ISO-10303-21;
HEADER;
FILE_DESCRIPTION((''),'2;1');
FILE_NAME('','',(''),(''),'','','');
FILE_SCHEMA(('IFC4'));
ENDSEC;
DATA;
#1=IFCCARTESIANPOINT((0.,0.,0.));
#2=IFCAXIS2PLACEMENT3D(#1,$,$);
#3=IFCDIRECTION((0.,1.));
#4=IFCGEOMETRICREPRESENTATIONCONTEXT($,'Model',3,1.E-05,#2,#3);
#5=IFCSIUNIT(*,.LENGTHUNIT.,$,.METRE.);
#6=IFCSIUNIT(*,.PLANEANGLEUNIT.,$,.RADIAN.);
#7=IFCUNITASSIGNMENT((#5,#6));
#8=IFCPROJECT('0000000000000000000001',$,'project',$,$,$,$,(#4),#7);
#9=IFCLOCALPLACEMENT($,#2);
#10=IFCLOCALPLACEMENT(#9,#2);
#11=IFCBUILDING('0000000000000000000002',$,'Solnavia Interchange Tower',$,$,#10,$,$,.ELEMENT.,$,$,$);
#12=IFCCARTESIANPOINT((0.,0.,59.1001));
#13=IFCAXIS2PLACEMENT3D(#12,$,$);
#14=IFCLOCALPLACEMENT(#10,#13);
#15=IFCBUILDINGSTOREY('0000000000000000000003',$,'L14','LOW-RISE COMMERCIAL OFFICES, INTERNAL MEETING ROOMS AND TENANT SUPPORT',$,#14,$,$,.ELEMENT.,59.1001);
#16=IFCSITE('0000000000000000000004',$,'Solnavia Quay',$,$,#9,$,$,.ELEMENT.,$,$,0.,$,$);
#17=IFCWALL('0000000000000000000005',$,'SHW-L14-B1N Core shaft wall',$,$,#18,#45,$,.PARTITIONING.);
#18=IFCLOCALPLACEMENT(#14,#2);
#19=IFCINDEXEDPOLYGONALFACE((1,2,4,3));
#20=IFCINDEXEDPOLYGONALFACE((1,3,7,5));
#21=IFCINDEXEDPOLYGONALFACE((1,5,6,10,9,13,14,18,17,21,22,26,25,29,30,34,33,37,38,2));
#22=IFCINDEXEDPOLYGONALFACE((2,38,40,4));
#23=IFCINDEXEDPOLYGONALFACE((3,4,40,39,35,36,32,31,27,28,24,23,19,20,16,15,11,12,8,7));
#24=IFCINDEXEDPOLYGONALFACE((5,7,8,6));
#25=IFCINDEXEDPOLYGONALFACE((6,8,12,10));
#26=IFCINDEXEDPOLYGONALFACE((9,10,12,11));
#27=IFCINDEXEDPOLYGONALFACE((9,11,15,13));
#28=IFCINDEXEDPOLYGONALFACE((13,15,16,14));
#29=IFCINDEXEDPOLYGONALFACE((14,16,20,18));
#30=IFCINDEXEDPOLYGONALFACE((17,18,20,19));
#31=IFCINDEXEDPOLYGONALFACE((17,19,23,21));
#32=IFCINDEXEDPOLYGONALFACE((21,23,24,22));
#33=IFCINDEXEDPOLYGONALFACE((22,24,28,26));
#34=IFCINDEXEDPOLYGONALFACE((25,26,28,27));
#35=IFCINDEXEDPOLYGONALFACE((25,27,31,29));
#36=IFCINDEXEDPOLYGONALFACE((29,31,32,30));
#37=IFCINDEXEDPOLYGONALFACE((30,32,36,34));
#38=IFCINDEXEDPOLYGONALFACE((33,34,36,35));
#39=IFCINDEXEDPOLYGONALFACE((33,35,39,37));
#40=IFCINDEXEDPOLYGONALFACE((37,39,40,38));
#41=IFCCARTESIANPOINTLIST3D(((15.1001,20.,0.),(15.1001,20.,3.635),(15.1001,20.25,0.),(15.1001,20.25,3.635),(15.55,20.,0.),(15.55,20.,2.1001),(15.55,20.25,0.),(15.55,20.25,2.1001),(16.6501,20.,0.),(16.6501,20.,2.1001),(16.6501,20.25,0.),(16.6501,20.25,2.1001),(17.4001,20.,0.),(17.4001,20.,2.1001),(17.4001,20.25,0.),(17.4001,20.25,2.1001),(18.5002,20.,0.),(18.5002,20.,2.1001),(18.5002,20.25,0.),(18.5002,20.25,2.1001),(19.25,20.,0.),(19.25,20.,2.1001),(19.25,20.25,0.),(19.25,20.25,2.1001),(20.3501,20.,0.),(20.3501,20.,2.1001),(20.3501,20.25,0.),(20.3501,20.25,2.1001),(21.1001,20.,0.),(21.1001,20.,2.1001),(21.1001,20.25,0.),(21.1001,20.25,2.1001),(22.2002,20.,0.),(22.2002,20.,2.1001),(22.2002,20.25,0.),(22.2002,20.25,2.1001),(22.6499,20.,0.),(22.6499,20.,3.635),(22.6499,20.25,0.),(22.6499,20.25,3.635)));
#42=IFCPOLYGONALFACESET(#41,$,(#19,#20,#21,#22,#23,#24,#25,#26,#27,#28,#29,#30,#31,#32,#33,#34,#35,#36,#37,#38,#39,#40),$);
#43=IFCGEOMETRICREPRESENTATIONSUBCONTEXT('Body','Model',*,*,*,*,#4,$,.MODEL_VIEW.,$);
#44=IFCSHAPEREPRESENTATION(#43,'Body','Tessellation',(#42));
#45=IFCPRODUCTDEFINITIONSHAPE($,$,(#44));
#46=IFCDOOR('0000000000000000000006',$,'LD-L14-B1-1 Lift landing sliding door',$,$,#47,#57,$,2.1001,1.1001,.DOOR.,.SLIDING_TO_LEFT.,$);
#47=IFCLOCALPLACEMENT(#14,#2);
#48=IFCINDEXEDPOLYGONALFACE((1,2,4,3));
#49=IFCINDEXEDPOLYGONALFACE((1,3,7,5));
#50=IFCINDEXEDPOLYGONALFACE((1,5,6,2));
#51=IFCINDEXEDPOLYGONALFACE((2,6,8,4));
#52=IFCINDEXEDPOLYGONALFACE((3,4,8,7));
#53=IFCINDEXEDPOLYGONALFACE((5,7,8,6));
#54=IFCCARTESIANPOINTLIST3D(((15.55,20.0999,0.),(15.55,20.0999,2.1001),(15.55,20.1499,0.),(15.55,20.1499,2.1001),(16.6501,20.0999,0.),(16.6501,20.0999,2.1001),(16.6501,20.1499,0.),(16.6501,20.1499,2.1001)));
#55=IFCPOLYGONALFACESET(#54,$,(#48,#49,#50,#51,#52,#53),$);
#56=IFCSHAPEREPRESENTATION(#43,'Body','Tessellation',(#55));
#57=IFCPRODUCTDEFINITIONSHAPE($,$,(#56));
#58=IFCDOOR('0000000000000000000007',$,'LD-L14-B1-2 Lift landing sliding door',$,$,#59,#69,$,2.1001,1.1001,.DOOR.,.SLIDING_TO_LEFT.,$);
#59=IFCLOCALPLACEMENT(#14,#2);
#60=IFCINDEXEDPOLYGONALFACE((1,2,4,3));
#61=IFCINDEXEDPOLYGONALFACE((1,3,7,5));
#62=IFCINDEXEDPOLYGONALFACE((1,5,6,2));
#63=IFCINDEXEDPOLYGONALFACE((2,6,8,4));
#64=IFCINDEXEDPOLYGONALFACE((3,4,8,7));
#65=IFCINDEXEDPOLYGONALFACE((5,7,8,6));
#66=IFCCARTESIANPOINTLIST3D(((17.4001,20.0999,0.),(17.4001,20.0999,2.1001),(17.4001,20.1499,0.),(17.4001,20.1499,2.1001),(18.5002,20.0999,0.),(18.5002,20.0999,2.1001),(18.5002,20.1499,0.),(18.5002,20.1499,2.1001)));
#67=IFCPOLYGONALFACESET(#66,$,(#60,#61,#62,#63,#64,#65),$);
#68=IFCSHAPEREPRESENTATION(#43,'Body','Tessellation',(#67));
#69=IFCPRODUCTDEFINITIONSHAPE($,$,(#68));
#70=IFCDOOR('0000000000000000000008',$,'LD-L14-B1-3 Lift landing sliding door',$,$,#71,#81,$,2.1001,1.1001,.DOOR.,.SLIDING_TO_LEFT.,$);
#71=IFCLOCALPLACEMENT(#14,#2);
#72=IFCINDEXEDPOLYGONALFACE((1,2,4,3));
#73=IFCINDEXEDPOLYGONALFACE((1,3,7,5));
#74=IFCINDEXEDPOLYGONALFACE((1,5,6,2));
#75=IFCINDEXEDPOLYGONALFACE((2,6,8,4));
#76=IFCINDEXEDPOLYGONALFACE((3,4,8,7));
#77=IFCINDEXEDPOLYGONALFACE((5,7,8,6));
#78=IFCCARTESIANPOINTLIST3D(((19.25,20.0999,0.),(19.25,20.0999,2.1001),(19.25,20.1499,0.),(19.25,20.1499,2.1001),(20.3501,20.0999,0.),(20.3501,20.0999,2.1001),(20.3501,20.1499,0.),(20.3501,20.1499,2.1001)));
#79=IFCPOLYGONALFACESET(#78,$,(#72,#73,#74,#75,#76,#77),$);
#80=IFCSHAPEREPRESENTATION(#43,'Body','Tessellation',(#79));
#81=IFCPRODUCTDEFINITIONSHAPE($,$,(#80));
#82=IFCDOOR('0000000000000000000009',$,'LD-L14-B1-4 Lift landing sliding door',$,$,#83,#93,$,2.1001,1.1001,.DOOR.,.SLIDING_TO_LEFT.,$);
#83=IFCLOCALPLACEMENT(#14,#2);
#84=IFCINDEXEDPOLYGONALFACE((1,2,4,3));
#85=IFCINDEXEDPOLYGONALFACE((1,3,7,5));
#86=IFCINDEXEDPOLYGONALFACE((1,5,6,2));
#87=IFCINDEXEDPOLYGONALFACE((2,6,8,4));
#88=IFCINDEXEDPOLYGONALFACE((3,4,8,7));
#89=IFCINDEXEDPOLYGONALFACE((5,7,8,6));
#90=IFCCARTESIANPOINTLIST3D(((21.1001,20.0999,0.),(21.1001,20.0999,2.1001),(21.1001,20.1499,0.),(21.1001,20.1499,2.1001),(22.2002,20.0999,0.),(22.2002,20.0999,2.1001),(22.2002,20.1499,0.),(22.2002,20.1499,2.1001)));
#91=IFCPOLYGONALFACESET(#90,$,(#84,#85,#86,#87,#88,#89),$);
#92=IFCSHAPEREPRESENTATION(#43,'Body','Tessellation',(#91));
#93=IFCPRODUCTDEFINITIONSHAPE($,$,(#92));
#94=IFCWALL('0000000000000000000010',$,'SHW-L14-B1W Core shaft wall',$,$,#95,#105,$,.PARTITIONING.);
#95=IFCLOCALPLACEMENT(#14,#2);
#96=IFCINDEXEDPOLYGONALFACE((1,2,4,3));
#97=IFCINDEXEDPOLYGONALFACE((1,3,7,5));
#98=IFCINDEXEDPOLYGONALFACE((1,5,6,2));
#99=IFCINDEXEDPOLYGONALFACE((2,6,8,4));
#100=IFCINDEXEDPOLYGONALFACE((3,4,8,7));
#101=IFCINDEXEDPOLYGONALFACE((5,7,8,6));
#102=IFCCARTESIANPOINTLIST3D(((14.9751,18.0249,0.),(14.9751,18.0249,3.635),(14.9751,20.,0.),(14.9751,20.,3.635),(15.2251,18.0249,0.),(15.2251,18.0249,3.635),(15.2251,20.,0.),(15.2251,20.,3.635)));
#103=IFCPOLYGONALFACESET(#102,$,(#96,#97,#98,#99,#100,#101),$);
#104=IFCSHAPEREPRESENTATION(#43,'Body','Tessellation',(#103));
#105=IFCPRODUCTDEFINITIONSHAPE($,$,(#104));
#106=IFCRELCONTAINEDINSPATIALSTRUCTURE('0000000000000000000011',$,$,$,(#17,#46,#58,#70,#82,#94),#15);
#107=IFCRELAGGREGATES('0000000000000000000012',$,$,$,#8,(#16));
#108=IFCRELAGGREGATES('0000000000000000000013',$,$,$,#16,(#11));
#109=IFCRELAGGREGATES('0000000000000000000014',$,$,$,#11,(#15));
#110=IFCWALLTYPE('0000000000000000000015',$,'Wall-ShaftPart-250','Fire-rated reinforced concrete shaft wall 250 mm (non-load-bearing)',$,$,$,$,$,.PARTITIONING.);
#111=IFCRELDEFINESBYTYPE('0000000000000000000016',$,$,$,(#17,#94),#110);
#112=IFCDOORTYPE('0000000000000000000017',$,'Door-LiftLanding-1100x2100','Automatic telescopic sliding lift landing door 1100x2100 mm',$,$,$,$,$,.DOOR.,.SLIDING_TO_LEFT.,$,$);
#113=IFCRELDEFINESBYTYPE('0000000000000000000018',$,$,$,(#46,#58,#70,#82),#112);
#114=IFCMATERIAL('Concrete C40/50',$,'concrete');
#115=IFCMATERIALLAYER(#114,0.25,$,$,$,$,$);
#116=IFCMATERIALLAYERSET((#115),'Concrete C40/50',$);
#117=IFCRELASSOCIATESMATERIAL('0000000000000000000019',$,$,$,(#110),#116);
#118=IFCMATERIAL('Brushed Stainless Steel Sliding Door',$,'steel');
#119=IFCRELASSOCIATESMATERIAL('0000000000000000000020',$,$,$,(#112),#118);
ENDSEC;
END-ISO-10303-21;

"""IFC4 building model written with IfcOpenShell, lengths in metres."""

from ifc_helpers import new_model, si_unit, direction, frame, frame_2d, origin, place, context, subcontext, project, spatial, rectangle, extrude, material, layer, layer_set, type_object, element, fill, save


model = new_model("IFC4")

# Units and contexts
model_context = context("Model", 3, precision=1e-05, world=origin(), true_north=direction((0.0, 1.0)))
body_context = subcontext(model_context, "Body", "Model", "MODEL_VIEW")
ifc_project = project(units=[si_unit("LENGTHUNIT", "METRE"), si_unit("PLANEANGLEUNIT", "RADIAN")], contexts=[model_context])

# Site, building, storey
site_placement = place(None, origin())
site = spatial("IfcSite", under=ifc_project, at=site_placement, Name="Solnavia Quay", CompositionType="ELEMENT", RefElevation=0.0)
building_placement = place(site_placement, origin())
building = spatial("IfcBuilding", under=site, at=building_placement, Name="Solnavia Interchange Tower", CompositionType="ELEMENT")
storey_placement = place(building_placement, frame((0.0, 0.0, 59.1001)))
storey = spatial("IfcBuildingStorey", under=building, at=storey_placement, Name="L14", Description="LOW-RISE COMMERCIAL OFFICES, INTERNAL MEETING ROOMS AND TENANT SUPPORT", CompositionType="ELEMENT", Elevation=59.1001)

# Shared definitions
ifc_material_1 = material(Name="Concrete C40/50", Category="concrete")

# Shared definitions
ifc_layer_1 = layer(ifc_material_1, 0.25)
ifc_layer_set_1 = layer_set([ifc_layer_1], Name="Concrete C40/50")
wall_type_1 = type_object("IfcWallType", Name="Wall-ShaftPart-250", Description="Fire-rated reinforced concrete shaft wall 250 mm (non-load-bearing)", PredefinedType="PARTITIONING", material=ifc_layer_set_1)

# Wall, openings, doors
wall_1_placement = place(storey_placement, frame((15.1001, 20.125, 0.0), z_axis=(0.0, 0.0, 1.0), x_axis=(1.0, 0.0, 0.0)))
wall_1 = element("IfcWall", 1, at=wall_1_placement, inside=storey, type_object=wall_type_1, Name="SHW-L14-B1N Core shaft wall", PredefinedType="PARTITIONING", context=body_context, shape_type="SweptSolid", body=[
    extrude(rectangle(XDim=7.5498, YDim=0.25, at=frame_2d((3.7749, 0.0))), origin(), (0.0, 0.0, 1.0), 3.635),
])
opening_1_placement = place(wall_1_placement, frame((0.45, 0.0, 0.0)))
opening_1 = element("IfcOpeningElement", 2, at=opening_1_placement, cuts=wall_1, PredefinedType="OPENING", context=body_context, shape_type="SweptSolid", body=[
    extrude(rectangle(XDim=1.1001, YDim=2.1001, at=frame_2d((0.55, 1.05))), frame((0.0, 0.135, 0.0), z_axis=(0.0, -1.0, 0.0), x_axis=(1.0, 0.0, 0.0)), (0.0, 0.0, 1.0), 0.27),
])
opening_2_placement = place(wall_1_placement, frame((2.3, 0.0, 0.0)))
opening_2 = element("IfcOpeningElement", 3, at=opening_2_placement, cuts=wall_1, PredefinedType="OPENING", context=body_context, shape_type="SweptSolid", body=[
    extrude(rectangle(XDim=1.1001, YDim=2.1001, at=frame_2d((0.55, 1.05))), frame((0.0, 0.135, 0.0), z_axis=(0.0, -1.0, 0.0), x_axis=(1.0, 0.0, 0.0)), (0.0, 0.0, 1.0), 0.27),
])
opening_3_placement = place(wall_1_placement, frame((4.1499, 0.0, 0.0)))
opening_3 = element("IfcOpeningElement", 4, at=opening_3_placement, cuts=wall_1, PredefinedType="OPENING", context=body_context, shape_type="SweptSolid", body=[
    extrude(rectangle(XDim=1.1001, YDim=2.1001, at=frame_2d((0.55, 1.05))), frame((0.0, 0.135, 0.0), z_axis=(0.0, -1.0, 0.0), x_axis=(1.0, 0.0, 0.0)), (0.0, 0.0, 1.0), 0.27),
])
opening_4_placement = place(wall_1_placement, frame((6.0, 0.0, 0.0)))
opening_4 = element("IfcOpeningElement", 5, at=opening_4_placement, cuts=wall_1, PredefinedType="OPENING", context=body_context, shape_type="SweptSolid", body=[
    extrude(rectangle(XDim=1.1001, YDim=2.1001, at=frame_2d((0.55, 1.05))), frame((0.0, 0.135, 0.0), z_axis=(0.0, -1.0, 0.0), x_axis=(1.0, 0.0, 0.0)), (0.0, 0.0, 1.0), 0.27),
])
ifc_material_2 = material(Name="Brushed Stainless Steel Sliding Door", Category="steel")
door_type_1 = type_object("IfcDoorType", Name="Door-LiftLanding-1100x2100", Description="Automatic telescopic sliding lift landing door 1100x2100 mm", OperationType="SLIDING_TO_LEFT", PredefinedType="DOOR", material=ifc_material_2)
door_1_placement = place(opening_1_placement, origin())
door_1 = element("IfcDoor", 6, at=door_1_placement, inside=storey, type_object=door_type_1, Name="LD-L14-B1-1 Lift landing sliding door", OperationType="SLIDING_TO_LEFT", OverallHeight=2.1001, OverallWidth=1.1001, PredefinedType="DOOR", context=body_context, shape_type="SweptSolid", body=[
    extrude(rectangle(XDim=1.1001, YDim=2.1001, at=frame_2d((0.55, 1.05))), frame((0.0, 0.0249, 0.0), z_axis=(0.0, -1.0, 0.0), x_axis=(1.0, 0.0, 0.0)), (0.0, 0.0, 1.0), 0.05),
])
fill(opening_1, door_1)
door_2_placement = place(opening_2_placement, origin())
door_2 = element("IfcDoor", 7, at=door_2_placement, inside=storey, type_object=door_type_1, Name="LD-L14-B1-2 Lift landing sliding door", OperationType="SLIDING_TO_LEFT", OverallHeight=2.1001, OverallWidth=1.1001, PredefinedType="DOOR", context=body_context, shape_type="SweptSolid", body=[
    extrude(rectangle(XDim=1.1001, YDim=2.1001, at=frame_2d((0.55, 1.05))), frame((0.0, 0.0249, 0.0), z_axis=(0.0, -1.0, 0.0), x_axis=(1.0, 0.0, 0.0)), (0.0, 0.0, 1.0), 0.05),
])
fill(opening_2, door_2)
door_3_placement = place(opening_3_placement, origin())
door_3 = element("IfcDoor", 8, at=door_3_placement, inside=storey, type_object=door_type_1, Name="LD-L14-B1-3 Lift landing sliding door", OperationType="SLIDING_TO_LEFT", OverallHeight=2.1001, OverallWidth=1.1001, PredefinedType="DOOR", context=body_context, shape_type="SweptSolid", body=[
    extrude(rectangle(XDim=1.1001, YDim=2.1001, at=frame_2d((0.55, 1.05))), frame((0.0, 0.0249, 0.0), z_axis=(0.0, -1.0, 0.0), x_axis=(1.0, 0.0, 0.0)), (0.0, 0.0, 1.0), 0.05),
])
fill(opening_3, door_3)
door_4_placement = place(opening_4_placement, origin())
door_4 = element("IfcDoor", 9, at=door_4_placement, inside=storey, type_object=door_type_1, Name="LD-L14-B1-4 Lift landing sliding door", OperationType="SLIDING_TO_LEFT", OverallHeight=2.1001, OverallWidth=1.1001, PredefinedType="DOOR", context=body_context, shape_type="SweptSolid", body=[
    extrude(rectangle(XDim=1.1001, YDim=2.1001, at=frame_2d((0.55, 1.05))), frame((0.0, 0.0249, 0.0), z_axis=(0.0, -1.0, 0.0), x_axis=(1.0, 0.0, 0.0)), (0.0, 0.0, 1.0), 0.05),
])
fill(opening_4, door_4)

# Wall
wall_2_placement = place(storey_placement, frame((15.1001, 18.0249, 0.0), z_axis=(0.0, 0.0, 1.0), x_axis=(0.0, 1.0, 0.0)))
element("IfcWall", 10, at=wall_2_placement, inside=storey, type_object=wall_type_1, Name="SHW-L14-B1W Core shaft wall", PredefinedType="PARTITIONING", context=body_context, shape_type="SweptSolid", body=[
    extrude(rectangle(XDim=1.9751, YDim=0.25, at=frame_2d((0.9875, 0.0))), origin(), (0.0, 0.0, 1.0), 3.635),
])

save(model, "model.ifc")
